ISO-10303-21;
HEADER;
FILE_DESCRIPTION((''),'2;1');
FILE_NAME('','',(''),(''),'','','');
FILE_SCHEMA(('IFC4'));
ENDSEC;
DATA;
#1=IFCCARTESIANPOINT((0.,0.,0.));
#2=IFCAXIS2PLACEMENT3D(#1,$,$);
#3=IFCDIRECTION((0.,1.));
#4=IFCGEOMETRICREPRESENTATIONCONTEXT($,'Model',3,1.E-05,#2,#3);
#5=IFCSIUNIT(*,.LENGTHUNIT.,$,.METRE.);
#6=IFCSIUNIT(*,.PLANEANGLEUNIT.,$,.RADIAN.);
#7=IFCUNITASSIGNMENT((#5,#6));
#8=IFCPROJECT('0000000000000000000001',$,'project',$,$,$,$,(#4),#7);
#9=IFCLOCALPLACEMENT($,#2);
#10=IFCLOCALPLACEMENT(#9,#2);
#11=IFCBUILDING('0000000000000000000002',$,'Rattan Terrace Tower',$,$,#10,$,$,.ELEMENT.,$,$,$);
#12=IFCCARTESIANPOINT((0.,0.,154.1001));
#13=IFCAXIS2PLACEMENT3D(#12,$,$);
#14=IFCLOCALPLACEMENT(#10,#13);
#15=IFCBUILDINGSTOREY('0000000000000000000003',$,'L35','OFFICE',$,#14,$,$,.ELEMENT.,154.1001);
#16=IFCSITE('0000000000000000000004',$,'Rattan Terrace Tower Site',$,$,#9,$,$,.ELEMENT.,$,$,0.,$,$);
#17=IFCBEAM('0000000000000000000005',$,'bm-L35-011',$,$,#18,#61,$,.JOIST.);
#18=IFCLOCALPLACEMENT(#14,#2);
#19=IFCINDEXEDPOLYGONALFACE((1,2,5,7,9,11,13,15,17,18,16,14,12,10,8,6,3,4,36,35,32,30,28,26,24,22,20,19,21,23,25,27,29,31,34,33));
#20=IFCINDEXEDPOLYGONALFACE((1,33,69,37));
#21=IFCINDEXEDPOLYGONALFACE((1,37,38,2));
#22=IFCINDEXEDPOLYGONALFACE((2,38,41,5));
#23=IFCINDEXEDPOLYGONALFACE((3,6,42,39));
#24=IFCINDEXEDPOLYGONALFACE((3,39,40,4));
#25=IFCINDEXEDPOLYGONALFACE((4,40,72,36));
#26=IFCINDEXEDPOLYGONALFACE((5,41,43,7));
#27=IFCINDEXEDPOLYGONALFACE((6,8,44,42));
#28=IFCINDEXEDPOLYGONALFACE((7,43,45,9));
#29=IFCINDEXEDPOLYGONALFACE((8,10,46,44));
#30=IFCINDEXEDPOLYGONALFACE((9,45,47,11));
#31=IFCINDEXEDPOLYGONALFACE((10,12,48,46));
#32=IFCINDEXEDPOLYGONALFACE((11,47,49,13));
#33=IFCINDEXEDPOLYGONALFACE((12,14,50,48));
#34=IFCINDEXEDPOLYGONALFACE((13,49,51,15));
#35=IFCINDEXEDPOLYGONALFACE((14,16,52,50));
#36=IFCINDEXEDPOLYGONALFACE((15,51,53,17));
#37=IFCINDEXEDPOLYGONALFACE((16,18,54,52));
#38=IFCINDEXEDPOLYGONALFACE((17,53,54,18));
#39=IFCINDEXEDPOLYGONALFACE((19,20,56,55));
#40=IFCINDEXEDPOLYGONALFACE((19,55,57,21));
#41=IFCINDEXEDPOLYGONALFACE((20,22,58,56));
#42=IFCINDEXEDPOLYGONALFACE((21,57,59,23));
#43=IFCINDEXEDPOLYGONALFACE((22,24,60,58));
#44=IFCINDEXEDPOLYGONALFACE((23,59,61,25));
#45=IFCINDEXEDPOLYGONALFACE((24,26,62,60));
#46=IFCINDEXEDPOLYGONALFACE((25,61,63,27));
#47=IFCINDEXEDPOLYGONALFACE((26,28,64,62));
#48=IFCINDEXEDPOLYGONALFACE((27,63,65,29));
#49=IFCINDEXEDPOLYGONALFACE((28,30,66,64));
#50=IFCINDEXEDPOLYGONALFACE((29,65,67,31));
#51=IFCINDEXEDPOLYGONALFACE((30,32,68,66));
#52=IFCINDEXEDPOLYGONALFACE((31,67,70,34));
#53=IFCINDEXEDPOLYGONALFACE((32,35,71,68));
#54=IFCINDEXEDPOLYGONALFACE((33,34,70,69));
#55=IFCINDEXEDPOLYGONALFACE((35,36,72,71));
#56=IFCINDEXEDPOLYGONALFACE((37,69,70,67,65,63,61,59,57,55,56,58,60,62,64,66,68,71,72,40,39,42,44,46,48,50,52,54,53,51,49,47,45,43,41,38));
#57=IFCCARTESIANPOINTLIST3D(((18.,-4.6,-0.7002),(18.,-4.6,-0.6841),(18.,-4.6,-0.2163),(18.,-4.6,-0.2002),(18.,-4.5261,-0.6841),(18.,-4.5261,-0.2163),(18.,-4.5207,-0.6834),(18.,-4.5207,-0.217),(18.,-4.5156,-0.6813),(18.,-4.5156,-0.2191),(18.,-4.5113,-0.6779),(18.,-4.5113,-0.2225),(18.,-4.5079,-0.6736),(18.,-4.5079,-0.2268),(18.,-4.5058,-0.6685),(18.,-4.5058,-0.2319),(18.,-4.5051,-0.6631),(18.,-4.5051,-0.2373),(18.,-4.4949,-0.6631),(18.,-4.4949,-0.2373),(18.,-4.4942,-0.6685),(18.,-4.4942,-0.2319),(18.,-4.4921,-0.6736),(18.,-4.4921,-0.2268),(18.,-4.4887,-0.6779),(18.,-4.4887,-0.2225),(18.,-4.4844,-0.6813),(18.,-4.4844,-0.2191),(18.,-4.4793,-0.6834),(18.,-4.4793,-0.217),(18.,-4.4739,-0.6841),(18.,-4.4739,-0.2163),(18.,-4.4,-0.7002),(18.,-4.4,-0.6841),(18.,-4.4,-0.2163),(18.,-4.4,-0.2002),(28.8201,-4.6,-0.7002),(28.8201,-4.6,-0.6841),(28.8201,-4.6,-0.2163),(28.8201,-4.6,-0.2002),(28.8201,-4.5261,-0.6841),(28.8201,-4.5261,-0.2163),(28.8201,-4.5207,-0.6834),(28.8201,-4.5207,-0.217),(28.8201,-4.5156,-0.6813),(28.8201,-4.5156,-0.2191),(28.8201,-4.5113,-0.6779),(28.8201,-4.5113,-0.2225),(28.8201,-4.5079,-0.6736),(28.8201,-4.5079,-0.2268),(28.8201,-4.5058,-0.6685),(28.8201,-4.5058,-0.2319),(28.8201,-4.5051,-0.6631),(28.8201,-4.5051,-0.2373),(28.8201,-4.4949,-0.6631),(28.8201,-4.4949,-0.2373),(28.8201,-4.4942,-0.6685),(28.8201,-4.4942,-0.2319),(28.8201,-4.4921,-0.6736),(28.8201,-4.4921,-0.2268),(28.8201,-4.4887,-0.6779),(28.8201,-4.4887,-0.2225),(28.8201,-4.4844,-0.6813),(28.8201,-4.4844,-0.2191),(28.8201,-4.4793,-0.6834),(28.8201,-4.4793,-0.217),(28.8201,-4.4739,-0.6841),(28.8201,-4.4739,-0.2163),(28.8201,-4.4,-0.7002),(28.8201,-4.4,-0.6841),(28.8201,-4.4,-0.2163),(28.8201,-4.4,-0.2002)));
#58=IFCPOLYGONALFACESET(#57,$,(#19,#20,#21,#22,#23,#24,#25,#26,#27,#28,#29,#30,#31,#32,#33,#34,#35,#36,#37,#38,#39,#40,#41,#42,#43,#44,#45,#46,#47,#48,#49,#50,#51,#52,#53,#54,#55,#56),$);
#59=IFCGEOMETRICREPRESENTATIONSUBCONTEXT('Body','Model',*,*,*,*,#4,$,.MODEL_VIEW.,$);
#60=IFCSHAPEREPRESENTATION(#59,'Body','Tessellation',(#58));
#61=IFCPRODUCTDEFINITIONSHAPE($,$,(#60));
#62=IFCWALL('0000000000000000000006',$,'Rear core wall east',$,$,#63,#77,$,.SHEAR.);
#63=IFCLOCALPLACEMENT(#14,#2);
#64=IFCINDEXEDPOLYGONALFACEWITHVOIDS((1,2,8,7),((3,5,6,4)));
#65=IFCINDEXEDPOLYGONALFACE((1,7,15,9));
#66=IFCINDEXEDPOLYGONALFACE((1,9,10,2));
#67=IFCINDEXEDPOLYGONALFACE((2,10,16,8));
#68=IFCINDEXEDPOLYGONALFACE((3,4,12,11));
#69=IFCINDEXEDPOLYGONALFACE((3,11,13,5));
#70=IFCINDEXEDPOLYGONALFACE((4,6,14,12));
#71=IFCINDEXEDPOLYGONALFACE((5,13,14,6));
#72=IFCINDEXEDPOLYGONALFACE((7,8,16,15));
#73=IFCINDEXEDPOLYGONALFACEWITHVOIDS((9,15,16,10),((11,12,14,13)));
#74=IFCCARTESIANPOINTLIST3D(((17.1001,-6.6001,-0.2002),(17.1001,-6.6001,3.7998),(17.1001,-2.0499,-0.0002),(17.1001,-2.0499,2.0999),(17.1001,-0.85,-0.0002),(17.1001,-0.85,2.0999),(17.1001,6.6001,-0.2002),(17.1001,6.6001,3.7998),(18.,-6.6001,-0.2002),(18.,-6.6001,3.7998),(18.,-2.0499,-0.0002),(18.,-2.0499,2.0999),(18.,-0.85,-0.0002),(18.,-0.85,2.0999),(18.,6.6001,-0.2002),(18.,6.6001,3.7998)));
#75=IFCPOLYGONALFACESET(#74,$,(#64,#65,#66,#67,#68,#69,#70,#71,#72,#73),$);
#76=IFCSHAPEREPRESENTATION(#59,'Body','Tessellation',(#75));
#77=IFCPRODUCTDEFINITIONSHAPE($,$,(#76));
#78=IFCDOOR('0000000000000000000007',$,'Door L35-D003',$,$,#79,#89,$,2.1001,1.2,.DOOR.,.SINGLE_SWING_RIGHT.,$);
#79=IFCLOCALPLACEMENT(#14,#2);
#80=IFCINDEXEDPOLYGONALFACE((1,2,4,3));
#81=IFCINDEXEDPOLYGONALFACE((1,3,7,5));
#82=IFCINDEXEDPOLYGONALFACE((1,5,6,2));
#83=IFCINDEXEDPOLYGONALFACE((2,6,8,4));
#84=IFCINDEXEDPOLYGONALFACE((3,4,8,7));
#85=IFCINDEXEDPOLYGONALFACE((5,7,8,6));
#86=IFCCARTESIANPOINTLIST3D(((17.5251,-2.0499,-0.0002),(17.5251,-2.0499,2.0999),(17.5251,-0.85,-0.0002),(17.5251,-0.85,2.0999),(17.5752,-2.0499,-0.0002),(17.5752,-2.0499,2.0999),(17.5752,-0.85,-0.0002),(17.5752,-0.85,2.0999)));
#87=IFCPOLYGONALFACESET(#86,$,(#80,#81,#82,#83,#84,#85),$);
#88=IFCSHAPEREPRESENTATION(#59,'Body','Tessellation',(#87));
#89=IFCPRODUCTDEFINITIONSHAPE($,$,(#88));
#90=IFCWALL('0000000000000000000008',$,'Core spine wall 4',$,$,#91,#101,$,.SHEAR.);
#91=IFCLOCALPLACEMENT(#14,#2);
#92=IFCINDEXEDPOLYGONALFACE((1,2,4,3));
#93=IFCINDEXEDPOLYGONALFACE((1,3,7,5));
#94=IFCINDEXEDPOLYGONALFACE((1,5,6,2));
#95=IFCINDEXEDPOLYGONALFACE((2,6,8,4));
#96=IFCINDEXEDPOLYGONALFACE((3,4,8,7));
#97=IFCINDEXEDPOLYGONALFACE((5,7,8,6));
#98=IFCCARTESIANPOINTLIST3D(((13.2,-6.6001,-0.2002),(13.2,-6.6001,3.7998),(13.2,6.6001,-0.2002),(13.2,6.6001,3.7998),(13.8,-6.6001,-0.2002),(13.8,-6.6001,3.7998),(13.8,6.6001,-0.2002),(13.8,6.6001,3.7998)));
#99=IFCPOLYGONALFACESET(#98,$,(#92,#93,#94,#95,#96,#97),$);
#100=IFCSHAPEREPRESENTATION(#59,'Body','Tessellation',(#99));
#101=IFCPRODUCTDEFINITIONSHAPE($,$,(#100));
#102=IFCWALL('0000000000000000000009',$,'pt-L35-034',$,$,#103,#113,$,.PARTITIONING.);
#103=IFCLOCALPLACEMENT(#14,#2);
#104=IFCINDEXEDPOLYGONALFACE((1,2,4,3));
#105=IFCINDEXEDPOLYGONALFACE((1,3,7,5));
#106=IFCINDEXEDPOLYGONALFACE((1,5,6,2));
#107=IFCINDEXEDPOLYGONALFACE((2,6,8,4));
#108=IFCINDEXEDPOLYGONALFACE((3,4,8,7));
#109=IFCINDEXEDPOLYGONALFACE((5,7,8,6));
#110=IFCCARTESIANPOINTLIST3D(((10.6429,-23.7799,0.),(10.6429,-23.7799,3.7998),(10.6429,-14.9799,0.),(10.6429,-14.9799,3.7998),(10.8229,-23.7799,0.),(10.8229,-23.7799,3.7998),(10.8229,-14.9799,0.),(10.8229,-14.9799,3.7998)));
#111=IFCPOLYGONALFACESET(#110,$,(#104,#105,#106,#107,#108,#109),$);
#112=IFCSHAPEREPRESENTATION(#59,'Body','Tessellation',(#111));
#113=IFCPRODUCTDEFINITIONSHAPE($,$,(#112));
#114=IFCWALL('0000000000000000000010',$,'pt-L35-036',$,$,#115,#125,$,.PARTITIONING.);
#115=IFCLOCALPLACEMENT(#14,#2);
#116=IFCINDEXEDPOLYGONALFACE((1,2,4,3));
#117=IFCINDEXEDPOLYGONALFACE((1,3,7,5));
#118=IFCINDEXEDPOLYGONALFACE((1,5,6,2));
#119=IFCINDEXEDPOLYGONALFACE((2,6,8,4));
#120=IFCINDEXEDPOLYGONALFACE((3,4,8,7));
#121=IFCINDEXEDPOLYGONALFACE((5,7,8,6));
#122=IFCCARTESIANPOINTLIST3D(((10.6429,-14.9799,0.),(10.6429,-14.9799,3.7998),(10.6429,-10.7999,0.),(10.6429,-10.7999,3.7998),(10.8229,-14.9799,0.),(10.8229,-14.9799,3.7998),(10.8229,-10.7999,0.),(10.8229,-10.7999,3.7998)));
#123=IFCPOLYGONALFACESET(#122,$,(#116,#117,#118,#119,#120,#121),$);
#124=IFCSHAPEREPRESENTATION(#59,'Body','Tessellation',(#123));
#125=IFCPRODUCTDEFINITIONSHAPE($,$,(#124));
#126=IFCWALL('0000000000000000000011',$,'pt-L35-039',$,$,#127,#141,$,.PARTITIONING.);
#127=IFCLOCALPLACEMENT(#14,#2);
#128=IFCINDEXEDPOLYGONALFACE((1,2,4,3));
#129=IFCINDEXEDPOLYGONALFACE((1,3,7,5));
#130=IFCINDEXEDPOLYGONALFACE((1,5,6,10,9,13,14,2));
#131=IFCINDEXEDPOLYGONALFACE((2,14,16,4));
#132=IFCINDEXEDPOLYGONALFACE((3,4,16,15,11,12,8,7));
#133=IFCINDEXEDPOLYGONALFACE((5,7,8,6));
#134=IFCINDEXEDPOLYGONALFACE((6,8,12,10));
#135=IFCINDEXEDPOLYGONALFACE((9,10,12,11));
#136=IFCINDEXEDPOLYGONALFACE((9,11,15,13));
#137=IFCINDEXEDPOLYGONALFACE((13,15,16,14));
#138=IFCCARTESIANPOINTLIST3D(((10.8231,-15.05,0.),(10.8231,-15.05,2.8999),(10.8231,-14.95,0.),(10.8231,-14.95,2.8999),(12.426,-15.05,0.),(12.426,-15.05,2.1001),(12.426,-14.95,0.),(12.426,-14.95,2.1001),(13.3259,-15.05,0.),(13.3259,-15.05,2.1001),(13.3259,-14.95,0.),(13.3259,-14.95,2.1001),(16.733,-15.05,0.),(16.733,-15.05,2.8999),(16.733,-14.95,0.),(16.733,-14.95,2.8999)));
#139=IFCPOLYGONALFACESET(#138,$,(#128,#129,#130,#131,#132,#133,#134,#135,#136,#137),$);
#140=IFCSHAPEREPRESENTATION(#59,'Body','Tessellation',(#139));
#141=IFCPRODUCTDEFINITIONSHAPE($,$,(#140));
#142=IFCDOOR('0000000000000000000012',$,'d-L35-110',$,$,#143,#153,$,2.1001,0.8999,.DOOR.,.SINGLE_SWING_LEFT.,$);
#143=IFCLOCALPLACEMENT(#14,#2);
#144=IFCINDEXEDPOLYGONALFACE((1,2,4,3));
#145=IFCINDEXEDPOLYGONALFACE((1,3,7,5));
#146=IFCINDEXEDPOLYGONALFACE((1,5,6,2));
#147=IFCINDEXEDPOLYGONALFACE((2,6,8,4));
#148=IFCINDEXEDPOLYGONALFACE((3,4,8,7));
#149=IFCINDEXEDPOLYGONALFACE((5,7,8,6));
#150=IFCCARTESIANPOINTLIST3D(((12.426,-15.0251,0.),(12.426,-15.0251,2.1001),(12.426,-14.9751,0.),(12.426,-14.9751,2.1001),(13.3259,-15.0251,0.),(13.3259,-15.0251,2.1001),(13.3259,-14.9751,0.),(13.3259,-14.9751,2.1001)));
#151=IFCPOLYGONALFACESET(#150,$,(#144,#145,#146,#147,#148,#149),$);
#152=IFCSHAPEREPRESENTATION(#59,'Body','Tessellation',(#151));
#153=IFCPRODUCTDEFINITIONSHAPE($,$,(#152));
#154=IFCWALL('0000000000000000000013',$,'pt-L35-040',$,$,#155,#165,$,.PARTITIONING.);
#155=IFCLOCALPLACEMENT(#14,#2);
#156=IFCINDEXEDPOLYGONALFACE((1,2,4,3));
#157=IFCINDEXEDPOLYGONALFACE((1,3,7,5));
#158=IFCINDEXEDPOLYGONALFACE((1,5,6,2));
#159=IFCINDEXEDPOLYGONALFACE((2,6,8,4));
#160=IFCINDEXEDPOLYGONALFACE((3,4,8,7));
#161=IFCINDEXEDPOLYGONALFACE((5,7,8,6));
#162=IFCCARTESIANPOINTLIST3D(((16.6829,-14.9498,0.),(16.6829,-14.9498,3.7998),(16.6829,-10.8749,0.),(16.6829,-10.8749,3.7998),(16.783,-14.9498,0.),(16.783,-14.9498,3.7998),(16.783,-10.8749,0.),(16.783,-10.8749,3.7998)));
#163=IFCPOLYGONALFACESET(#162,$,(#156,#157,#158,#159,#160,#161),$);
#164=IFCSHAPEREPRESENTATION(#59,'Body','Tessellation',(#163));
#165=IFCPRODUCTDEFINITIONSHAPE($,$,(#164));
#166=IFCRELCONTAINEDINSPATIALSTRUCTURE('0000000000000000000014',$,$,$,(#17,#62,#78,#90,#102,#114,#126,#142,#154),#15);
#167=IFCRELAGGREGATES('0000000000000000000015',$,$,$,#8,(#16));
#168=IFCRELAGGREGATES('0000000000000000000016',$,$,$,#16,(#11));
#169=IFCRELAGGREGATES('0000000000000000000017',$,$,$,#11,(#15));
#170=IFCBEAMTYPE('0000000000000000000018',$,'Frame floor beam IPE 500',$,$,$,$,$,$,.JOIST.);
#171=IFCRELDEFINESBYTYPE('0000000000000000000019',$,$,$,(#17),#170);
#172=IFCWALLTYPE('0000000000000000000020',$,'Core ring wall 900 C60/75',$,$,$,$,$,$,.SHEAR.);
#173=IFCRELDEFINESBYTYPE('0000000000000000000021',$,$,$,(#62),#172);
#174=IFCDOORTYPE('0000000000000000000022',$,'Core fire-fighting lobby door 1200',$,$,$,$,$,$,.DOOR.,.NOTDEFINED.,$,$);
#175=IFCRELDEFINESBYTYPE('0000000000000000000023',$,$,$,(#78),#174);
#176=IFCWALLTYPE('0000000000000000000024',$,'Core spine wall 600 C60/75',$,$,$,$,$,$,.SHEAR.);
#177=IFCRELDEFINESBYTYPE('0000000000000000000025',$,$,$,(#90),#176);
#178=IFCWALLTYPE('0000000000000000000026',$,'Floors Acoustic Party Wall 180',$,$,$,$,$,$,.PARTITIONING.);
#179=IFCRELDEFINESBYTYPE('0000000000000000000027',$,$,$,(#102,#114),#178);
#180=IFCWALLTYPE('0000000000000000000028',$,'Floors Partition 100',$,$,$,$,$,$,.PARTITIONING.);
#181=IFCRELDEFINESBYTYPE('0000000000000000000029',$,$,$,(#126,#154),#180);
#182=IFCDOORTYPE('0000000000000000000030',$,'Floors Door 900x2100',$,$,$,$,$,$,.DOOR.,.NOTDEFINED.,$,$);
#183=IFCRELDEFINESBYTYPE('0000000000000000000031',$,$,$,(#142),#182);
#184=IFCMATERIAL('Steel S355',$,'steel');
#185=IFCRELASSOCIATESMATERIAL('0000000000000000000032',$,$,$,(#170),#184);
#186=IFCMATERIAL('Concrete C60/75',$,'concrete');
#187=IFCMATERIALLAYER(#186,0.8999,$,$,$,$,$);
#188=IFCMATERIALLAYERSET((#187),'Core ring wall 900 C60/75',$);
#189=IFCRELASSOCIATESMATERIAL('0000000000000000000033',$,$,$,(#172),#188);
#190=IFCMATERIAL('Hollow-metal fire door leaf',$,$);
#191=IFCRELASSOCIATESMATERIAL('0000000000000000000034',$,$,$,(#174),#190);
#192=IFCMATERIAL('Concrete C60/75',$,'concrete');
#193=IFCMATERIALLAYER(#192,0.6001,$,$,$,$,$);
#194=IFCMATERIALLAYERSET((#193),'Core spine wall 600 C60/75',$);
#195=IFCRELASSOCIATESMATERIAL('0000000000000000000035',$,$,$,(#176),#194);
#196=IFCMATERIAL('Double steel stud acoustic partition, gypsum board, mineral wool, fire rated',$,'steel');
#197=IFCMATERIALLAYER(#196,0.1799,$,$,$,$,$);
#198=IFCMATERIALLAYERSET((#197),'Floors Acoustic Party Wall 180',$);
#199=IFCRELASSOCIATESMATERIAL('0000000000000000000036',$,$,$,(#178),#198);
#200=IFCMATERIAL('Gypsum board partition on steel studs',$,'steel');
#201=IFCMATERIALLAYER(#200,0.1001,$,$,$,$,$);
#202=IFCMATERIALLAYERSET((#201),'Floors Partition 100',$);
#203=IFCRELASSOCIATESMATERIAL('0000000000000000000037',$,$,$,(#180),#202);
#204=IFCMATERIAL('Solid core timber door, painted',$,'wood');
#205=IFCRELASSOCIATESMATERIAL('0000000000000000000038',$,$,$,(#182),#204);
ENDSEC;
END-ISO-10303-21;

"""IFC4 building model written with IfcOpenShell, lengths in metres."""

from ifc_helpers import new_model, si_unit, direction, frame, frame_2d, origin, origin_2d, place, context, subcontext, project, spatial, rectangle, i_section, extrude, material, layer, layer_set, material_profile, profile_set, type_object, element, fill, save


model = new_model("IFC4")

# Units and contexts
model_context = context("Model", 3, precision=1e-05, world=origin(), true_north=direction((0.0, 1.0)))
body_context = subcontext(model_context, "Body", "Model", "MODEL_VIEW")
ifc_project = project(units=[si_unit("LENGTHUNIT", "METRE"), si_unit("PLANEANGLEUNIT", "RADIAN")], contexts=[model_context])

# Site, building, storey
site_placement = place(None, origin())
site = spatial("IfcSite", under=ifc_project, at=site_placement, Name="Rattan Terrace Tower Site", CompositionType="ELEMENT", RefElevation=0.0)
building_placement = place(site_placement, origin())
building = spatial("IfcBuilding", under=site, at=building_placement, Name="Rattan Terrace Tower", CompositionType="ELEMENT")
storey_placement = place(building_placement, frame((0.0, 0.0, 154.1001)))
storey = spatial("IfcBuildingStorey", under=building, at=storey_placement, Name="L35", Description="OFFICE", CompositionType="ELEMENT", Elevation=154.1001)

# Beam
ifc_material_1 = material(Name="Steel S355", Category="steel")
ifc_material_profile = material_profile(ifc_material_1, i_section(OverallWidth=0.2, OverallDepth=0.5, WebThickness=0.0103, FlangeThickness=0.0161, FilletRadius=0.021, at=origin_2d()), Name="IPE 500")
ifc_profile_set = profile_set([ifc_material_profile], Name="Steel S355")
beam_type = type_object("IfcBeamType", Name="Frame floor beam IPE 500", PredefinedType="JOIST", material=ifc_profile_set)
beam_placement = place(storey_placement, frame((18.0, -4.5, -0.4502), z_axis=(1.0, 0.0, 0.0), x_axis=(0.0, 1.0, 0.0)))
element("IfcBeam", 1, at=beam_placement, inside=storey, type_object=beam_type, Name="bm-L35-011", PredefinedType="JOIST", context=body_context, shape_type="SweptSolid", body=[
    extrude(i_section(OverallWidth=0.2, OverallDepth=0.5, WebThickness=0.0103, FlangeThickness=0.0161, FilletRadius=0.021, at=origin_2d()), origin(), (0.0, 0.0, 1.0), 10.8201),
])

# Wall, opening, door
ifc_material_2 = material(Name="Concrete C60/75", Category="concrete")
ifc_layer_1 = layer(ifc_material_2, 0.8999)
ifc_layer_set_1 = layer_set([ifc_layer_1], Name="Core ring wall 900 C60/75")
wall_type_1 = type_object("IfcWallType", Name="Core ring wall 900 C60/75", PredefinedType="SHEAR", material=ifc_layer_set_1)
wall_1_placement = place(storey_placement, frame((17.55, -6.6001, -0.2002), z_axis=(0.0, 0.0, 1.0), x_axis=(0.0, 1.0, 0.0)))
wall_1 = element("IfcWall", 2, at=wall_1_placement, inside=storey, type_object=wall_type_1, Name="Rear core wall east", PredefinedType="SHEAR", context=body_context, shape_type="SweptSolid", body=[
    extrude(rectangle(XDim=13.2002, YDim=0.8999, at=frame_2d((6.6001, 0.0))), origin(), (0.0, 0.0, 1.0), 4.0),
])
opening_1_placement = place(wall_1_placement, frame((4.55, 0.0, 0.2)))
opening_1 = element("IfcOpeningElement", 3, at=opening_1_placement, cuts=wall_1, PredefinedType="OPENING", context=body_context, shape_type="SweptSolid", body=[
    extrude(rectangle(XDim=1.2, YDim=2.1001, at=frame_2d((0.6001, 1.05))), frame((0.0, 0.4604, 0.0), z_axis=(0.0, -1.0, 0.0), x_axis=(1.0, 0.0, 0.0)), (0.0, 0.0, 1.0), 0.9209),
])
ifc_material_3 = material(Name="Hollow-metal fire door leaf")
door_type_1 = type_object("IfcDoorType", Name="Core fire-fighting lobby door 1200", OperationType="NOTDEFINED", PredefinedType="DOOR", material=ifc_material_3)
door_1_placement = place(opening_1_placement, origin())
door_1 = element("IfcDoor", 4, at=door_1_placement, inside=storey, type_object=door_type_1, Name="Door L35-D003", OperationType="SINGLE_SWING_RIGHT", OverallHeight=2.1001, OverallWidth=1.2, PredefinedType="DOOR", context=body_context, shape_type="SweptSolid", body=[
    extrude(rectangle(XDim=1.2, YDim=2.1001, at=frame_2d((0.6001, 1.05))), frame((0.0, 0.0249, 0.0), z_axis=(0.0, -1.0, 0.0), x_axis=(1.0, 0.0, 0.0)), (0.0, 0.0, 1.0), 0.05),
])
fill(opening_1, door_1)

# Walls
ifc_material_4 = material(Name="Concrete C60/75", Category="concrete")
ifc_layer_2 = layer(ifc_material_4, 0.6001)
ifc_layer_set_2 = layer_set([ifc_layer_2], Name="Core spine wall 600 C60/75")
wall_type_2 = type_object("IfcWallType", Name="Core spine wall 600 C60/75", PredefinedType="SHEAR", material=ifc_layer_set_2)
wall_2_placement = place(storey_placement, frame((13.5, -6.6001, -0.2002), z_axis=(0.0, 0.0, 1.0), x_axis=(0.0, 1.0, 0.0)))
element("IfcWall", 5, at=wall_2_placement, inside=storey, type_object=wall_type_2, Name="Core spine wall 4", PredefinedType="SHEAR", context=body_context, shape_type="SweptSolid", body=[
    extrude(rectangle(XDim=13.2002, YDim=0.6001, at=frame_2d((6.6001, 0.0))), origin(), (0.0, 0.0, 1.0), 4.0),
])
ifc_material_5 = material(Name="Double steel stud acoustic partition, gypsum board, mineral wool, fire rated", Category="steel")
ifc_layer_3 = layer(ifc_material_5, 0.1799)
ifc_layer_set_3 = layer_set([ifc_layer_3], Name="Floors Acoustic Party Wall 180")
wall_type_3 = type_object("IfcWallType", Name="Floors Acoustic Party Wall 180", PredefinedType="PARTITIONING", material=ifc_layer_set_3)
wall_3_placement = place(storey_placement, frame((10.7329, -14.98, 0.0), z_axis=(0.0, 0.0, 1.0), x_axis=(0.0, -1.0, 0.0)))
element("IfcWall", 6, at=wall_3_placement, inside=storey, type_object=wall_type_3, Name="pt-L35-034", PredefinedType="PARTITIONING", context=body_context, shape_type="SweptSolid", body=[
    extrude(rectangle(XDim=8.8, YDim=0.1799, at=frame_2d((4.3999, 0.0))), origin(), (0.0, 0.0, 1.0), 3.7998),
])
wall_4_placement = place(storey_placement, frame((10.7329, -10.8, 0.0), z_axis=(0.0, 0.0, 1.0), x_axis=(0.0, -1.0, 0.0)))
element("IfcWall", 7, at=wall_4_placement, inside=storey, type_object=wall_type_3, Name="pt-L35-036", PredefinedType="PARTITIONING", context=body_context, shape_type="SweptSolid", body=[
    extrude(rectangle(XDim=4.1799, YDim=0.1799, at=frame_2d((2.0898, 0.0))), origin(), (0.0, 0.0, 1.0), 3.7998),
])

# Wall, opening, door
ifc_material_6 = material(Name="Gypsum board partition on steel studs", Category="steel")
ifc_layer_4 = layer(ifc_material_6, 0.1001)
ifc_layer_set_4 = layer_set([ifc_layer_4], Name="Floors Partition 100")
wall_type_4 = type_object("IfcWallType", Name="Floors Partition 100", PredefinedType="PARTITIONING", material=ifc_layer_set_4)
wall_5_placement = place(storey_placement, frame((10.823, -15.0, 0.0), z_axis=(0.0, 0.0, 1.0), x_axis=(1.0, 0.0, 0.0)))
wall_5 = element("IfcWall", 8, at=wall_5_placement, inside=storey, type_object=wall_type_4, Name="pt-L35-039", PredefinedType="PARTITIONING", context=body_context, shape_type="SweptSolid", body=[
    extrude(rectangle(XDim=5.9099, YDim=0.1001, at=frame_2d((2.9551, 0.0))), origin(), (0.0, 0.0, 1.0), 2.8999),
])
opening_2_placement = place(wall_5_placement, frame((1.603, 0.0, 0.0)))
opening_2 = element("IfcOpeningElement", 9, at=opening_2_placement, cuts=wall_5, PredefinedType="OPENING", context=body_context, shape_type="SweptSolid", body=[
    extrude(rectangle(XDim=0.8999, YDim=2.1001, at=frame_2d((0.45, 1.05))), frame((0.0, 0.0605, 0.0), z_axis=(0.0, -1.0, 0.0), x_axis=(1.0, 0.0, 0.0)), (0.0, 0.0, 1.0), 0.1211),
])
ifc_material_7 = material(Name="Solid core timber door, painted", Category="wood")
door_type_2 = type_object("IfcDoorType", Name="Floors Door 900x2100", OperationType="NOTDEFINED", PredefinedType="DOOR", material=ifc_material_7)
door_2_placement = place(opening_2_placement, origin())
door_2 = element("IfcDoor", 10, at=door_2_placement, inside=storey, type_object=door_type_2, Name="d-L35-110", OperationType="SINGLE_SWING_LEFT", OverallHeight=2.1001, OverallWidth=0.8999, PredefinedType="DOOR", context=body_context, shape_type="SweptSolid", body=[
    extrude(rectangle(XDim=0.8999, YDim=2.1001, at=frame_2d((0.45, 1.05))), frame((0.0, 0.0249, 0.0), z_axis=(0.0, -1.0, 0.0), x_axis=(1.0, 0.0, 0.0)), (0.0, 0.0, 1.0), 0.05),
])
fill(opening_2, door_2)

# Wall
wall_6_placement = place(storey_placement, frame((16.7329, -14.95, 0.0), z_axis=(0.0, 0.0, 1.0), x_axis=(0.0, 1.0, 0.0)))
element("IfcWall", 11, at=wall_6_placement, inside=storey, type_object=wall_type_4, Name="pt-L35-040", PredefinedType="PARTITIONING", context=body_context, shape_type="SweptSolid", body=[
    extrude(rectangle(XDim=4.075, YDim=0.1001, at=frame_2d((2.0376, 0.0))), origin(), (0.0, 0.0, 1.0), 3.7998),
])

save(model, "model.ifc")
